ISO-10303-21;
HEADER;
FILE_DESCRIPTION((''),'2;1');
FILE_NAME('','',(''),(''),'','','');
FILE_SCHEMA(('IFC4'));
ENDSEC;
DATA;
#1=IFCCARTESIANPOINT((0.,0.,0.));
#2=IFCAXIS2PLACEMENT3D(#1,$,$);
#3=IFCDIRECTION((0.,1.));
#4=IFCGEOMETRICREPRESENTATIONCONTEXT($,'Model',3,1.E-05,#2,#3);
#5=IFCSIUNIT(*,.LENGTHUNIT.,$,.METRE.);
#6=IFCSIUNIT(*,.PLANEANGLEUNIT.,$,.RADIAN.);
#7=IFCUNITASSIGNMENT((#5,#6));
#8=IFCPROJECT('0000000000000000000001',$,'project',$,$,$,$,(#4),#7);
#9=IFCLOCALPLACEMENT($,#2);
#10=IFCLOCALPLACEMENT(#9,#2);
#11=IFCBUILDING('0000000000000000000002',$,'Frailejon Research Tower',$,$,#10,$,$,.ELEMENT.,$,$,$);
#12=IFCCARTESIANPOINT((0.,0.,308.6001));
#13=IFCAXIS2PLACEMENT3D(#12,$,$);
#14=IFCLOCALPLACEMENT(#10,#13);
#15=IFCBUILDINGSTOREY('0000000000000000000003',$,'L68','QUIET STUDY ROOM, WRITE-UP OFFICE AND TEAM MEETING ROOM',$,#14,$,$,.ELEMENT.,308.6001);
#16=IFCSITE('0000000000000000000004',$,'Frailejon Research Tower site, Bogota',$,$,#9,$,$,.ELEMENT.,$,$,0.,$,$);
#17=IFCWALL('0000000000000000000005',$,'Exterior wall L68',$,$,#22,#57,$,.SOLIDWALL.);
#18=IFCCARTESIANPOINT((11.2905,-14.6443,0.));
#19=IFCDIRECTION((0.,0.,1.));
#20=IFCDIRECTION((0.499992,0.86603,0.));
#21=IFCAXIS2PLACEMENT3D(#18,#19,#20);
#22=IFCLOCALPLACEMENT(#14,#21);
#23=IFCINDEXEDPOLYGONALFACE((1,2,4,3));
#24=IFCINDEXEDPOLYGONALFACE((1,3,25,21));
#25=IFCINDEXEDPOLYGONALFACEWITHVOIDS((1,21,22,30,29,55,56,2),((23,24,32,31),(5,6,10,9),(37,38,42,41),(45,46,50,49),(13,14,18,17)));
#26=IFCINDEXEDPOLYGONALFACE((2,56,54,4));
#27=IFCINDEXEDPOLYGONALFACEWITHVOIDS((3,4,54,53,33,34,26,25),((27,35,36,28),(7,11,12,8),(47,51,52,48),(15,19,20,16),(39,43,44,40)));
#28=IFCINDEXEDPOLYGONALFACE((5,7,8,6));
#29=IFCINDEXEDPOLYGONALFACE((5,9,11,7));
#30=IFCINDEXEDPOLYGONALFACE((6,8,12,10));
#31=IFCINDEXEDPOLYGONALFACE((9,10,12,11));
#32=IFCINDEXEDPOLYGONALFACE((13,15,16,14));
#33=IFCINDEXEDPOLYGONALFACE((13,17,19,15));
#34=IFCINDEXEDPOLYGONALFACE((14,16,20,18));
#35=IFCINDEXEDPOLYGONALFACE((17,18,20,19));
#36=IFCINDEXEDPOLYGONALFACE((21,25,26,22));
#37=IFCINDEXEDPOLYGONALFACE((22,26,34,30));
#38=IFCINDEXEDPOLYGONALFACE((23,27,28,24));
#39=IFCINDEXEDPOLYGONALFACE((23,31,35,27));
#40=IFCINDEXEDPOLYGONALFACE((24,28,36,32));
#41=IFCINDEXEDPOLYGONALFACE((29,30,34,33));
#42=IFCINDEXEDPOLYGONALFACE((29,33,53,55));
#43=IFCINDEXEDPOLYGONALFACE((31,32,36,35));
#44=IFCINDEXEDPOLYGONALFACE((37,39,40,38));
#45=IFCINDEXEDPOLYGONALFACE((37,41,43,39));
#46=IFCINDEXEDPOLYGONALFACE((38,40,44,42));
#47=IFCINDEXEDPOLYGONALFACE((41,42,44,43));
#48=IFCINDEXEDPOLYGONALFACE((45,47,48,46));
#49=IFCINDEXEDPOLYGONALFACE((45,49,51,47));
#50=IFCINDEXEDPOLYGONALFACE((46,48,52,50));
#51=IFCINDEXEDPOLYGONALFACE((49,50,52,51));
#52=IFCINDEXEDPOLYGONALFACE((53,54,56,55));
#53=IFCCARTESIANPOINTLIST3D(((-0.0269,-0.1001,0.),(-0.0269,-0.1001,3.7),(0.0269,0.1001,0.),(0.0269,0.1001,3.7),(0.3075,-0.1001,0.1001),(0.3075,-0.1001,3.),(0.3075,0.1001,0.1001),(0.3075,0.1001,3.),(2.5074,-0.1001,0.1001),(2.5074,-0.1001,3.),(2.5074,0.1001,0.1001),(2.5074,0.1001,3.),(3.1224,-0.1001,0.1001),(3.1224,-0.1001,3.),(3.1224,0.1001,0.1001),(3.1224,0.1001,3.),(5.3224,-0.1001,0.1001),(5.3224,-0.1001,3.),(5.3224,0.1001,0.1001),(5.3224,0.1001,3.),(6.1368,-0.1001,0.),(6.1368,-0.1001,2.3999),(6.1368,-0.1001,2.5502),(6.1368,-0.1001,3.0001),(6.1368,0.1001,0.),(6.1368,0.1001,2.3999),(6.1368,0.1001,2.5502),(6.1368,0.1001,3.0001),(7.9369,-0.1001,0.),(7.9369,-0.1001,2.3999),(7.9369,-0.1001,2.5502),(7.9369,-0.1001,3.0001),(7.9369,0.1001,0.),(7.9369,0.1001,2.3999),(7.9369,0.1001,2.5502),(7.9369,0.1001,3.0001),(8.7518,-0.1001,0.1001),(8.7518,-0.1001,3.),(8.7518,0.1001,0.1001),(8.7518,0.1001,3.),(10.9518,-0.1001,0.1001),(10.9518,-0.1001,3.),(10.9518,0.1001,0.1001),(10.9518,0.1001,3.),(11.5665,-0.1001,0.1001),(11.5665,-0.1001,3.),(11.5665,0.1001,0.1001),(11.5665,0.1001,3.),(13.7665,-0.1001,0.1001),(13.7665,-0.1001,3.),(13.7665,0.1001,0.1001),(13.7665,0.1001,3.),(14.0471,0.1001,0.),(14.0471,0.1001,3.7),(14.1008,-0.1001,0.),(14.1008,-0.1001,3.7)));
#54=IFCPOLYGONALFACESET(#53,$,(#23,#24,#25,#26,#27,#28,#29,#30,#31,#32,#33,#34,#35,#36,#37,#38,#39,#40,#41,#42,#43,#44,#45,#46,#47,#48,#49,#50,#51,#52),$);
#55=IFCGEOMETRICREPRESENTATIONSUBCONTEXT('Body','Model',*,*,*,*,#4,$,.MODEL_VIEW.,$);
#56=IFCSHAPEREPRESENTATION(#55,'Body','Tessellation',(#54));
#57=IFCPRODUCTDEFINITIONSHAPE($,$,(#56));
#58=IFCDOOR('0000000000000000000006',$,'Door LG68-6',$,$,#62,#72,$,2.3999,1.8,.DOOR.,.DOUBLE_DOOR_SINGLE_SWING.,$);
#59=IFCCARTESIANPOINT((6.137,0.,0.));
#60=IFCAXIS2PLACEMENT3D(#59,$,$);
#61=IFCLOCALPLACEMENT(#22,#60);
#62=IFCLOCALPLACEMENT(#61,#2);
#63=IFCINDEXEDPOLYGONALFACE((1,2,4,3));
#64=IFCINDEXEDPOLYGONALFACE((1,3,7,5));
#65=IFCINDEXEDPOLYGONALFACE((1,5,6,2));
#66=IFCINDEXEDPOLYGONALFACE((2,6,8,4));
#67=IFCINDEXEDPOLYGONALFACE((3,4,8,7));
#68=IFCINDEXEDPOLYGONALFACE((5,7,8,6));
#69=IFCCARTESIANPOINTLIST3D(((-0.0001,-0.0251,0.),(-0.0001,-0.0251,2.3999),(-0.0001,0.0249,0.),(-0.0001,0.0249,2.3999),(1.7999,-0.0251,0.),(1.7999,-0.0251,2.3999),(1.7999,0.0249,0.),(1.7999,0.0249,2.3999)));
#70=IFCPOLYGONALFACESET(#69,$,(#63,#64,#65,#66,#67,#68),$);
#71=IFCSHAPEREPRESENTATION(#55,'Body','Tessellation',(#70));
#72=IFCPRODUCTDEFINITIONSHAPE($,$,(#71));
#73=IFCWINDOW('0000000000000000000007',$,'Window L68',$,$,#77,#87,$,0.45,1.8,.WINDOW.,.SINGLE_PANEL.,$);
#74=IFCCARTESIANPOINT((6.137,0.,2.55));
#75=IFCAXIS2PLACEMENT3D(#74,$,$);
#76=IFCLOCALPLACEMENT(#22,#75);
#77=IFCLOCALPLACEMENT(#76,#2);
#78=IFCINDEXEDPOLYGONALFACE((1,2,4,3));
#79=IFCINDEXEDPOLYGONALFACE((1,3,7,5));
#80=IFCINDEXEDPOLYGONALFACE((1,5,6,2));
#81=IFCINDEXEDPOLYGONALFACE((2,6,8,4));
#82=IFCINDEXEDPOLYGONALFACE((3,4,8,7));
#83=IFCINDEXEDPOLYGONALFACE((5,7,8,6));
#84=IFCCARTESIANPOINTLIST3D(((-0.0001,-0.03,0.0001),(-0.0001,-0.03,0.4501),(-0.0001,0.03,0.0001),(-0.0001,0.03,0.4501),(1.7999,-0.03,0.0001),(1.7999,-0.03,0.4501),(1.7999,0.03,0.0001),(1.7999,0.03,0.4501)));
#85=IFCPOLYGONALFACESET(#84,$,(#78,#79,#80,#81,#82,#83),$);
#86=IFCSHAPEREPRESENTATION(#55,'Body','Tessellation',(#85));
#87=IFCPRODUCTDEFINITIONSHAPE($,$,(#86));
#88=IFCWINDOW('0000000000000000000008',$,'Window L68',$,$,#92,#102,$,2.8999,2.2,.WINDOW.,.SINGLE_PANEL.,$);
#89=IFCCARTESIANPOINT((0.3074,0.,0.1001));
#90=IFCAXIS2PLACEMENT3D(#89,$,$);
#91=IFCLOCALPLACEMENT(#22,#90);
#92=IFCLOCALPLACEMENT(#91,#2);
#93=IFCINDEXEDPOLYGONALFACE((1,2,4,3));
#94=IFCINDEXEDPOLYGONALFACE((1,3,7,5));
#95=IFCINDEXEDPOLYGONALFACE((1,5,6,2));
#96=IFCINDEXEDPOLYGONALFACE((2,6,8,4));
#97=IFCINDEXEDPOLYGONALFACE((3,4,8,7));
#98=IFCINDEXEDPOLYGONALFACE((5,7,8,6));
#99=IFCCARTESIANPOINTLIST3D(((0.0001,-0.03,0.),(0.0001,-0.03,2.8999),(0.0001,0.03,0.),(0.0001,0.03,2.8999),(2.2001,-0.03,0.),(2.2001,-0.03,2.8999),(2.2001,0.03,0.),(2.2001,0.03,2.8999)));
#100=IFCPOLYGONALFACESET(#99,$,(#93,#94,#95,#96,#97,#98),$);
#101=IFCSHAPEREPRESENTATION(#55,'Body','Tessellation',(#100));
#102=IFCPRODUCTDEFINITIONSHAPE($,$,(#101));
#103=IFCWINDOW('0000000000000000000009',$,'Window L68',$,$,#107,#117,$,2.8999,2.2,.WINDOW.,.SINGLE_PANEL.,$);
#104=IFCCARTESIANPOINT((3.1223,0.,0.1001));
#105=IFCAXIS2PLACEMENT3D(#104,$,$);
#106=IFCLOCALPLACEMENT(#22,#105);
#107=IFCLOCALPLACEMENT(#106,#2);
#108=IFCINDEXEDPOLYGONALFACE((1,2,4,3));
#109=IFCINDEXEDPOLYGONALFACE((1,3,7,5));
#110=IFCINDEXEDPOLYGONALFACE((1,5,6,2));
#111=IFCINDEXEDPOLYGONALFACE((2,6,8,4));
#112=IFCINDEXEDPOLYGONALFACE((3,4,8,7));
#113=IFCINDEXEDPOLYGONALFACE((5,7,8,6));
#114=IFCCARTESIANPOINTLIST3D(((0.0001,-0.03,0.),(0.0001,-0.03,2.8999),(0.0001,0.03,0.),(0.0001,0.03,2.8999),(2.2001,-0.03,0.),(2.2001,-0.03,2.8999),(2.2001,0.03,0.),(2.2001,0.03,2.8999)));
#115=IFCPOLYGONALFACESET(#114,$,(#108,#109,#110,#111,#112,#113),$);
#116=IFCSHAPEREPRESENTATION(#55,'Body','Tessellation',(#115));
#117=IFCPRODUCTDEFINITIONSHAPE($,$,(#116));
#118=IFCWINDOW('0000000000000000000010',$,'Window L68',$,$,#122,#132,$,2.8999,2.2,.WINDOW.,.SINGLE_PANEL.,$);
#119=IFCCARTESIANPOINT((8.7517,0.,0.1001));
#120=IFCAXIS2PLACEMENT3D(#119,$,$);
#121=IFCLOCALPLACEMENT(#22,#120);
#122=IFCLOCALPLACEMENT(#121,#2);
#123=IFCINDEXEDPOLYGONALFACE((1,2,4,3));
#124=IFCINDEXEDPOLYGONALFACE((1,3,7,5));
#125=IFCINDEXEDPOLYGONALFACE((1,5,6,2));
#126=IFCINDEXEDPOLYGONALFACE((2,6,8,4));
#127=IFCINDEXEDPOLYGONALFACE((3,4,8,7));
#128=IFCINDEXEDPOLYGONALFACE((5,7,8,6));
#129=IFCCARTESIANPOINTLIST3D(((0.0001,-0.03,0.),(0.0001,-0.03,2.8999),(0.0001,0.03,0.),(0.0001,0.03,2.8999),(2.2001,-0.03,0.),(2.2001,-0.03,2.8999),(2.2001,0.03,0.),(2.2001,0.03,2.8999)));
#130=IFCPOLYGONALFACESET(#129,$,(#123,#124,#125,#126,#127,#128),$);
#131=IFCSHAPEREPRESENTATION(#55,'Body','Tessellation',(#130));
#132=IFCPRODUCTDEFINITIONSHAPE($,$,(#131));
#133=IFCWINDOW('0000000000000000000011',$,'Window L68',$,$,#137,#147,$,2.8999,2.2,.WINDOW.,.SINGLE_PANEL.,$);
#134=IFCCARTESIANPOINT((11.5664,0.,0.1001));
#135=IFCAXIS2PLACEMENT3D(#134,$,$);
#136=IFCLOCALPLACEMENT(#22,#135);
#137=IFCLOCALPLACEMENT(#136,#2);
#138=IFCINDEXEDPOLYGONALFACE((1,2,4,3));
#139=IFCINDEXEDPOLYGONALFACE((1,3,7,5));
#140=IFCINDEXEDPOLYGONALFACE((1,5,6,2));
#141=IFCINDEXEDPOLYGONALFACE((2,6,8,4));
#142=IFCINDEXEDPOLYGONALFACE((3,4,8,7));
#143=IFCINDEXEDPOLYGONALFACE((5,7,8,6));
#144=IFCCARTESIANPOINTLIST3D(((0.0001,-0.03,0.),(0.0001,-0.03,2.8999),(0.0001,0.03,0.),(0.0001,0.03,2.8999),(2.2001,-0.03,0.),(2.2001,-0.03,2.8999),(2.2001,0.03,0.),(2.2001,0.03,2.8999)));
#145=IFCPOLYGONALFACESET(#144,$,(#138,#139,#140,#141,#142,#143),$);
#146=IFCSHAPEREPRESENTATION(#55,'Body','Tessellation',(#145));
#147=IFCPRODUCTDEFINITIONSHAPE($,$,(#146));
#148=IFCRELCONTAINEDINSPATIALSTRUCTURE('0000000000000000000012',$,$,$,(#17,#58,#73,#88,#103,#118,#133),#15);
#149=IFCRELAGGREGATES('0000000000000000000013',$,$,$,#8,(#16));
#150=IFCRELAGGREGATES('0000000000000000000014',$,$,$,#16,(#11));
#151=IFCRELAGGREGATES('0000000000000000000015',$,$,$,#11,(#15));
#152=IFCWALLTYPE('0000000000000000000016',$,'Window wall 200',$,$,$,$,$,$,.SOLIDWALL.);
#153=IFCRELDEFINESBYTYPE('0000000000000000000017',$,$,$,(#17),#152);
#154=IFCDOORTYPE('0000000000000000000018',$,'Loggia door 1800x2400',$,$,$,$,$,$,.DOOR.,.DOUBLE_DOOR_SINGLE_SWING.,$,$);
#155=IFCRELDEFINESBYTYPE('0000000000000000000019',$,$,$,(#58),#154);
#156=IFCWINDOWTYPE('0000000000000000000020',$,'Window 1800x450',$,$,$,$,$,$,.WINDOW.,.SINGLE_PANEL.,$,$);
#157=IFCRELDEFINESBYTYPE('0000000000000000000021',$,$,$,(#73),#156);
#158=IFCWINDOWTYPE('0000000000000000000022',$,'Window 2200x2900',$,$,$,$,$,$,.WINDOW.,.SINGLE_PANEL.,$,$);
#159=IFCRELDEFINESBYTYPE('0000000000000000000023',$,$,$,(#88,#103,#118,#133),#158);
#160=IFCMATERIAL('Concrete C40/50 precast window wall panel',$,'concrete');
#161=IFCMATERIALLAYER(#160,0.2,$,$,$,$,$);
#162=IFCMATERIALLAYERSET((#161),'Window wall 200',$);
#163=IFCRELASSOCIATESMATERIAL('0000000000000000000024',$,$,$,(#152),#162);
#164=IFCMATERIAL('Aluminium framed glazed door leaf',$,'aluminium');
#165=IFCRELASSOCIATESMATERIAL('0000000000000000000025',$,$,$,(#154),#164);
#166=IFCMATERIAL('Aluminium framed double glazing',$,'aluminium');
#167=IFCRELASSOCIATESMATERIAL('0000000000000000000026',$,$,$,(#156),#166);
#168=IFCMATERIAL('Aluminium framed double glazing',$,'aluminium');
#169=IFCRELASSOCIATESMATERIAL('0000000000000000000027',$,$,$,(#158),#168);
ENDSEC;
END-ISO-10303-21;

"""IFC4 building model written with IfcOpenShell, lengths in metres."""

from ifc_helpers import new_model, si_unit, direction, frame, frame_2d, origin, place, context, subcontext, project, spatial, polyline, rectangle, outline, extrude, material, layer, layer_set, type_object, element, fill, save


model = new_model("IFC4")

# Units and contexts
model_context = context("Model", 3, precision=1e-05, world=origin(), true_north=direction((0.0, 1.0)))
body_context = subcontext(model_context, "Body", "Model", "MODEL_VIEW")
ifc_project = project(units=[si_unit("LENGTHUNIT", "METRE"), si_unit("PLANEANGLEUNIT", "RADIAN")], contexts=[model_context])

# Site, building, storey
site_placement = place(None, origin())
site = spatial("IfcSite", under=ifc_project, at=site_placement, Name="Frailejon Research Tower site, Bogota", CompositionType="ELEMENT", RefElevation=0.0)
building_placement = place(site_placement, origin())
building = spatial("IfcBuilding", under=site, at=building_placement, Name="Frailejon Research Tower", CompositionType="ELEMENT")
storey_placement = place(building_placement, frame((0.0, 0.0, 308.6001)))
storey = spatial("IfcBuildingStorey", under=building, at=storey_placement, Name="L68", Description="QUIET STUDY ROOM, WRITE-UP OFFICE AND TEAM MEETING ROOM", CompositionType="ELEMENT", Elevation=308.6001)

# Wall, openings, door, windows
ifc_material_1 = material(Name="Concrete C40/50 precast window wall panel", Category="concrete")
ifc_layer_1 = layer(ifc_material_1, 0.2)
ifc_layer_set_1 = layer_set([ifc_layer_1], Name="Window wall 200")
wall_type_1 = type_object("IfcWallType", Name="Window wall 200", PredefinedType="SOLIDWALL", material=ifc_layer_set_1)
wall_1_placement = place(storey_placement, frame((11.2905, -14.6443, 0.0), z_axis=(0.0, 0.0, 1.0), x_axis=(0.499992, 0.86603, 0.0)))
wall_1 = element("IfcWall", 1, at=wall_1_placement, inside=storey, type_object=wall_type_1, Name="Exterior wall L68", PredefinedType="SOLIDWALL", context=body_context, shape_type="SweptSolid", body=[
    extrude(outline(polyline([(-0.0269, -0.1001), (0.9822, -0.1001), (1.9915, -0.1001), (3.0005, -0.1001), (4.0095, -0.1001), (5.0188, -0.1001), (6.0278, -0.1001), (7.0371, -0.1001), (8.0461, -0.1001), (9.0552, -0.1001), (10.0645, -0.1001), (11.0735, -0.1001), (12.0825, -0.1001), (13.0918, -0.1001), (14.1008, -0.1001), (14.0471, 0.1001), (13.0457, 0.1001), (12.0442, 0.1001), (11.0427, 0.1001), (10.0413, 0.1001), (9.0398, 0.1001), (8.0383, 0.1001), (7.0371, 0.1001), (6.0356, 0.1001), (5.0342, 0.1001), (4.0327, 0.1001), (3.0312, 0.1001), (2.0298, 0.1001), (1.0283, 0.1001), (0.0269, 0.1001), (-0.0269, -0.1001)])), origin(), (0.0, 0.0, 1.0), 3.7),
])
opening_1_placement = place(wall_1_placement, frame((0.3074, 0.0, 0.1001)))
opening_1 = element("IfcOpeningElement", 2, at=opening_1_placement, cuts=wall_1, PredefinedType="OPENING", context=body_context, shape_type="SweptSolid", body=[
    extrude(rectangle(XDim=2.2, YDim=2.8999, at=frame_2d((1.1001, 1.45))), frame((0.0, 0.1099, 0.0), z_axis=(0.0, -1.0, 0.0), x_axis=(1.0, 0.0, 0.0)), (0.0, 0.0, 1.0), 0.22),
])
opening_2_placement = place(wall_1_placement, frame((3.1223, 0.0, 0.1001)))
opening_2 = element("IfcOpeningElement", 3, at=opening_2_placement, cuts=wall_1, PredefinedType="OPENING", context=body_context, shape_type="SweptSolid", body=[
    extrude(rectangle(XDim=2.2, YDim=2.8999, at=frame_2d((1.1001, 1.45))), frame((0.0, 0.1099, 0.0), z_axis=(0.0, -1.0, 0.0), x_axis=(1.0, 0.0, 0.0)), (0.0, 0.0, 1.0), 0.22),
])
opening_3_placement = place(wall_1_placement, frame((6.137, 0.0, 0.0)))
opening_3 = element("IfcOpeningElement", 4, at=opening_3_placement, cuts=wall_1, PredefinedType="OPENING", context=body_context, shape_type="SweptSolid", body=[
    extrude(rectangle(XDim=1.8, YDim=2.3999, at=frame_2d((0.8999, 1.2))), frame((0.0, 0.1099, 0.0), z_axis=(0.0, -1.0, 0.0), x_axis=(1.0, 0.0, 0.0)), (0.0, 0.0, 1.0), 0.22),
])
opening_4_placement = place(wall_1_placement, frame((6.137, 0.0, 2.55)))
opening_4 = element("IfcOpeningElement", 5, at=opening_4_placement, cuts=wall_1, PredefinedType="OPENING", context=body_context, shape_type="SweptSolid", body=[
    extrude(rectangle(XDim=1.8, YDim=0.45, at=frame_2d((0.8999, 0.2251))), frame((0.0, 0.1099, 0.0), z_axis=(0.0, -1.0, 0.0), x_axis=(1.0, 0.0, 0.0)), (0.0, 0.0, 1.0), 0.22),
])
opening_5_placement = place(wall_1_placement, frame((8.7517, 0.0, 0.1001)))
opening_5 = element("IfcOpeningElement", 6, at=opening_5_placement, cuts=wall_1, PredefinedType="OPENING", context=body_context, shape_type="SweptSolid", body=[
    extrude(rectangle(XDim=2.2, YDim=2.8999, at=frame_2d((1.1001, 1.45))), frame((0.0, 0.1099, 0.0), z_axis=(0.0, -1.0, 0.0), x_axis=(1.0, 0.0, 0.0)), (0.0, 0.0, 1.0), 0.22),
])
opening_6_placement = place(wall_1_placement, frame((11.5664, 0.0, 0.1001)))
opening_6 = element("IfcOpeningElement", 7, at=opening_6_placement, cuts=wall_1, PredefinedType="OPENING", context=body_context, shape_type="SweptSolid", body=[
    extrude(rectangle(XDim=2.2, YDim=2.8999, at=frame_2d((1.1001, 1.45))), frame((0.0, 0.1099, 0.0), z_axis=(0.0, -1.0, 0.0), x_axis=(1.0, 0.0, 0.0)), (0.0, 0.0, 1.0), 0.22),
])
ifc_material_2 = material(Name="Aluminium framed glazed door leaf", Category="aluminium")
door_type = type_object("IfcDoorType", Name="Loggia door 1800x2400", OperationType="DOUBLE_DOOR_SINGLE_SWING", PredefinedType="DOOR", material=ifc_material_2)
door_placement = place(opening_3_placement, origin())
door = element("IfcDoor", 8, at=door_placement, inside=storey, type_object=door_type, Name="Door LG68-6", OperationType="DOUBLE_DOOR_SINGLE_SWING", OverallHeight=2.3999, OverallWidth=1.8, PredefinedType="DOOR", context=body_context, shape_type="SweptSolid", body=[
    extrude(rectangle(XDim=1.8, YDim=2.3999, at=frame_2d((0.8999, 1.2))), frame((0.0, 0.0249, 0.0), z_axis=(0.0, -1.0, 0.0), x_axis=(1.0, 0.0, 0.0)), (0.0, 0.0, 1.0), 0.05),
])
fill(opening_3, door)
ifc_material_3 = material(Name="Aluminium framed double glazing", Category="aluminium")
window_type_1 = type_object("IfcWindowType", Name="Window 1800x450", PartitioningType="SINGLE_PANEL", PredefinedType="WINDOW", material=ifc_material_3)
window_1_placement = place(opening_4_placement, origin())
window_1 = element("IfcWindow", 9, at=window_1_placement, inside=storey, type_object=window_type_1, Name="Window L68", OverallHeight=0.45, OverallWidth=1.8, PartitioningType="SINGLE_PANEL", PredefinedType="WINDOW", context=body_context, shape_type="SweptSolid", body=[
    extrude(rectangle(XDim=1.8, YDim=0.45, at=frame_2d((0.8999, 0.2251))), frame((0.0, 0.03, 0.0), z_axis=(0.0, -1.0, 0.0), x_axis=(1.0, 0.0, 0.0)), (0.0, 0.0, 1.0), 0.0601),
])
fill(opening_4, window_1)
ifc_material_4 = material(Name="Aluminium framed double glazing", Category="aluminium")
window_type_2 = type_object("IfcWindowType", Name="Window 2200x2900", PartitioningType="SINGLE_PANEL", PredefinedType="WINDOW", material=ifc_material_4)
window_2_placement = place(opening_1_placement, origin())
window_2 = element("IfcWindow", 10, at=window_2_placement, inside=storey, type_object=window_type_2, Name="Window L68", OverallHeight=2.8999, OverallWidth=2.2, PartitioningType="SINGLE_PANEL", PredefinedType="WINDOW", context=body_context, shape_type="SweptSolid", body=[
    extrude(rectangle(XDim=2.2, YDim=2.8999, at=frame_2d((1.1001, 1.45))), frame((0.0, 0.03, 0.0), z_axis=(0.0, -1.0, 0.0), x_axis=(1.0, 0.0, 0.0)), (0.0, 0.0, 1.0), 0.0601),
])
fill(opening_1, window_2)
window_3_placement = place(opening_2_placement, origin())
window_3 = element("IfcWindow", 11, at=window_3_placement, inside=storey, type_object=window_type_2, Name="Window L68", OverallHeight=2.8999, OverallWidth=2.2, PartitioningType="SINGLE_PANEL", PredefinedType="WINDOW", context=body_context, shape_type="SweptSolid", body=[
    extrude(rectangle(XDim=2.2, YDim=2.8999, at=frame_2d((1.1001, 1.45))), frame((0.0, 0.03, 0.0), z_axis=(0.0, -1.0, 0.0), x_axis=(1.0, 0.0, 0.0)), (0.0, 0.0, 1.0), 0.0601),
])
fill(opening_2, window_3)
window_4_placement = place(opening_5_placement, origin())
window_4 = element("IfcWindow", 12, at=window_4_placement, inside=storey, type_object=window_type_2, Name="Window L68", OverallHeight=2.8999, OverallWidth=2.2, PartitioningType="SINGLE_PANEL", PredefinedType="WINDOW", context=body_context, shape_type="SweptSolid", body=[
    extrude(rectangle(XDim=2.2, YDim=2.8999, at=frame_2d((1.1001, 1.45))), frame((0.0, 0.03, 0.0), z_axis=(0.0, -1.0, 0.0), x_axis=(1.0, 0.0, 0.0)), (0.0, 0.0, 1.0), 0.0601),
])
fill(opening_5, window_4)
window_5_placement = place(opening_6_placement, origin())
window_5 = element("IfcWindow", 13, at=window_5_placement, inside=storey, type_object=window_type_2, Name="Window L68", OverallHeight=2.8999, OverallWidth=2.2, PartitioningType="SINGLE_PANEL", PredefinedType="WINDOW", context=body_context, shape_type="SweptSolid", body=[
    extrude(rectangle(XDim=2.2, YDim=2.8999, at=frame_2d((1.1001, 1.45))), frame((0.0, 0.03, 0.0), z_axis=(0.0, -1.0, 0.0), x_axis=(1.0, 0.0, 0.0)), (0.0, 0.0, 1.0), 0.0601),
])
fill(opening_6, window_5)

save(model, "model.ifc")
